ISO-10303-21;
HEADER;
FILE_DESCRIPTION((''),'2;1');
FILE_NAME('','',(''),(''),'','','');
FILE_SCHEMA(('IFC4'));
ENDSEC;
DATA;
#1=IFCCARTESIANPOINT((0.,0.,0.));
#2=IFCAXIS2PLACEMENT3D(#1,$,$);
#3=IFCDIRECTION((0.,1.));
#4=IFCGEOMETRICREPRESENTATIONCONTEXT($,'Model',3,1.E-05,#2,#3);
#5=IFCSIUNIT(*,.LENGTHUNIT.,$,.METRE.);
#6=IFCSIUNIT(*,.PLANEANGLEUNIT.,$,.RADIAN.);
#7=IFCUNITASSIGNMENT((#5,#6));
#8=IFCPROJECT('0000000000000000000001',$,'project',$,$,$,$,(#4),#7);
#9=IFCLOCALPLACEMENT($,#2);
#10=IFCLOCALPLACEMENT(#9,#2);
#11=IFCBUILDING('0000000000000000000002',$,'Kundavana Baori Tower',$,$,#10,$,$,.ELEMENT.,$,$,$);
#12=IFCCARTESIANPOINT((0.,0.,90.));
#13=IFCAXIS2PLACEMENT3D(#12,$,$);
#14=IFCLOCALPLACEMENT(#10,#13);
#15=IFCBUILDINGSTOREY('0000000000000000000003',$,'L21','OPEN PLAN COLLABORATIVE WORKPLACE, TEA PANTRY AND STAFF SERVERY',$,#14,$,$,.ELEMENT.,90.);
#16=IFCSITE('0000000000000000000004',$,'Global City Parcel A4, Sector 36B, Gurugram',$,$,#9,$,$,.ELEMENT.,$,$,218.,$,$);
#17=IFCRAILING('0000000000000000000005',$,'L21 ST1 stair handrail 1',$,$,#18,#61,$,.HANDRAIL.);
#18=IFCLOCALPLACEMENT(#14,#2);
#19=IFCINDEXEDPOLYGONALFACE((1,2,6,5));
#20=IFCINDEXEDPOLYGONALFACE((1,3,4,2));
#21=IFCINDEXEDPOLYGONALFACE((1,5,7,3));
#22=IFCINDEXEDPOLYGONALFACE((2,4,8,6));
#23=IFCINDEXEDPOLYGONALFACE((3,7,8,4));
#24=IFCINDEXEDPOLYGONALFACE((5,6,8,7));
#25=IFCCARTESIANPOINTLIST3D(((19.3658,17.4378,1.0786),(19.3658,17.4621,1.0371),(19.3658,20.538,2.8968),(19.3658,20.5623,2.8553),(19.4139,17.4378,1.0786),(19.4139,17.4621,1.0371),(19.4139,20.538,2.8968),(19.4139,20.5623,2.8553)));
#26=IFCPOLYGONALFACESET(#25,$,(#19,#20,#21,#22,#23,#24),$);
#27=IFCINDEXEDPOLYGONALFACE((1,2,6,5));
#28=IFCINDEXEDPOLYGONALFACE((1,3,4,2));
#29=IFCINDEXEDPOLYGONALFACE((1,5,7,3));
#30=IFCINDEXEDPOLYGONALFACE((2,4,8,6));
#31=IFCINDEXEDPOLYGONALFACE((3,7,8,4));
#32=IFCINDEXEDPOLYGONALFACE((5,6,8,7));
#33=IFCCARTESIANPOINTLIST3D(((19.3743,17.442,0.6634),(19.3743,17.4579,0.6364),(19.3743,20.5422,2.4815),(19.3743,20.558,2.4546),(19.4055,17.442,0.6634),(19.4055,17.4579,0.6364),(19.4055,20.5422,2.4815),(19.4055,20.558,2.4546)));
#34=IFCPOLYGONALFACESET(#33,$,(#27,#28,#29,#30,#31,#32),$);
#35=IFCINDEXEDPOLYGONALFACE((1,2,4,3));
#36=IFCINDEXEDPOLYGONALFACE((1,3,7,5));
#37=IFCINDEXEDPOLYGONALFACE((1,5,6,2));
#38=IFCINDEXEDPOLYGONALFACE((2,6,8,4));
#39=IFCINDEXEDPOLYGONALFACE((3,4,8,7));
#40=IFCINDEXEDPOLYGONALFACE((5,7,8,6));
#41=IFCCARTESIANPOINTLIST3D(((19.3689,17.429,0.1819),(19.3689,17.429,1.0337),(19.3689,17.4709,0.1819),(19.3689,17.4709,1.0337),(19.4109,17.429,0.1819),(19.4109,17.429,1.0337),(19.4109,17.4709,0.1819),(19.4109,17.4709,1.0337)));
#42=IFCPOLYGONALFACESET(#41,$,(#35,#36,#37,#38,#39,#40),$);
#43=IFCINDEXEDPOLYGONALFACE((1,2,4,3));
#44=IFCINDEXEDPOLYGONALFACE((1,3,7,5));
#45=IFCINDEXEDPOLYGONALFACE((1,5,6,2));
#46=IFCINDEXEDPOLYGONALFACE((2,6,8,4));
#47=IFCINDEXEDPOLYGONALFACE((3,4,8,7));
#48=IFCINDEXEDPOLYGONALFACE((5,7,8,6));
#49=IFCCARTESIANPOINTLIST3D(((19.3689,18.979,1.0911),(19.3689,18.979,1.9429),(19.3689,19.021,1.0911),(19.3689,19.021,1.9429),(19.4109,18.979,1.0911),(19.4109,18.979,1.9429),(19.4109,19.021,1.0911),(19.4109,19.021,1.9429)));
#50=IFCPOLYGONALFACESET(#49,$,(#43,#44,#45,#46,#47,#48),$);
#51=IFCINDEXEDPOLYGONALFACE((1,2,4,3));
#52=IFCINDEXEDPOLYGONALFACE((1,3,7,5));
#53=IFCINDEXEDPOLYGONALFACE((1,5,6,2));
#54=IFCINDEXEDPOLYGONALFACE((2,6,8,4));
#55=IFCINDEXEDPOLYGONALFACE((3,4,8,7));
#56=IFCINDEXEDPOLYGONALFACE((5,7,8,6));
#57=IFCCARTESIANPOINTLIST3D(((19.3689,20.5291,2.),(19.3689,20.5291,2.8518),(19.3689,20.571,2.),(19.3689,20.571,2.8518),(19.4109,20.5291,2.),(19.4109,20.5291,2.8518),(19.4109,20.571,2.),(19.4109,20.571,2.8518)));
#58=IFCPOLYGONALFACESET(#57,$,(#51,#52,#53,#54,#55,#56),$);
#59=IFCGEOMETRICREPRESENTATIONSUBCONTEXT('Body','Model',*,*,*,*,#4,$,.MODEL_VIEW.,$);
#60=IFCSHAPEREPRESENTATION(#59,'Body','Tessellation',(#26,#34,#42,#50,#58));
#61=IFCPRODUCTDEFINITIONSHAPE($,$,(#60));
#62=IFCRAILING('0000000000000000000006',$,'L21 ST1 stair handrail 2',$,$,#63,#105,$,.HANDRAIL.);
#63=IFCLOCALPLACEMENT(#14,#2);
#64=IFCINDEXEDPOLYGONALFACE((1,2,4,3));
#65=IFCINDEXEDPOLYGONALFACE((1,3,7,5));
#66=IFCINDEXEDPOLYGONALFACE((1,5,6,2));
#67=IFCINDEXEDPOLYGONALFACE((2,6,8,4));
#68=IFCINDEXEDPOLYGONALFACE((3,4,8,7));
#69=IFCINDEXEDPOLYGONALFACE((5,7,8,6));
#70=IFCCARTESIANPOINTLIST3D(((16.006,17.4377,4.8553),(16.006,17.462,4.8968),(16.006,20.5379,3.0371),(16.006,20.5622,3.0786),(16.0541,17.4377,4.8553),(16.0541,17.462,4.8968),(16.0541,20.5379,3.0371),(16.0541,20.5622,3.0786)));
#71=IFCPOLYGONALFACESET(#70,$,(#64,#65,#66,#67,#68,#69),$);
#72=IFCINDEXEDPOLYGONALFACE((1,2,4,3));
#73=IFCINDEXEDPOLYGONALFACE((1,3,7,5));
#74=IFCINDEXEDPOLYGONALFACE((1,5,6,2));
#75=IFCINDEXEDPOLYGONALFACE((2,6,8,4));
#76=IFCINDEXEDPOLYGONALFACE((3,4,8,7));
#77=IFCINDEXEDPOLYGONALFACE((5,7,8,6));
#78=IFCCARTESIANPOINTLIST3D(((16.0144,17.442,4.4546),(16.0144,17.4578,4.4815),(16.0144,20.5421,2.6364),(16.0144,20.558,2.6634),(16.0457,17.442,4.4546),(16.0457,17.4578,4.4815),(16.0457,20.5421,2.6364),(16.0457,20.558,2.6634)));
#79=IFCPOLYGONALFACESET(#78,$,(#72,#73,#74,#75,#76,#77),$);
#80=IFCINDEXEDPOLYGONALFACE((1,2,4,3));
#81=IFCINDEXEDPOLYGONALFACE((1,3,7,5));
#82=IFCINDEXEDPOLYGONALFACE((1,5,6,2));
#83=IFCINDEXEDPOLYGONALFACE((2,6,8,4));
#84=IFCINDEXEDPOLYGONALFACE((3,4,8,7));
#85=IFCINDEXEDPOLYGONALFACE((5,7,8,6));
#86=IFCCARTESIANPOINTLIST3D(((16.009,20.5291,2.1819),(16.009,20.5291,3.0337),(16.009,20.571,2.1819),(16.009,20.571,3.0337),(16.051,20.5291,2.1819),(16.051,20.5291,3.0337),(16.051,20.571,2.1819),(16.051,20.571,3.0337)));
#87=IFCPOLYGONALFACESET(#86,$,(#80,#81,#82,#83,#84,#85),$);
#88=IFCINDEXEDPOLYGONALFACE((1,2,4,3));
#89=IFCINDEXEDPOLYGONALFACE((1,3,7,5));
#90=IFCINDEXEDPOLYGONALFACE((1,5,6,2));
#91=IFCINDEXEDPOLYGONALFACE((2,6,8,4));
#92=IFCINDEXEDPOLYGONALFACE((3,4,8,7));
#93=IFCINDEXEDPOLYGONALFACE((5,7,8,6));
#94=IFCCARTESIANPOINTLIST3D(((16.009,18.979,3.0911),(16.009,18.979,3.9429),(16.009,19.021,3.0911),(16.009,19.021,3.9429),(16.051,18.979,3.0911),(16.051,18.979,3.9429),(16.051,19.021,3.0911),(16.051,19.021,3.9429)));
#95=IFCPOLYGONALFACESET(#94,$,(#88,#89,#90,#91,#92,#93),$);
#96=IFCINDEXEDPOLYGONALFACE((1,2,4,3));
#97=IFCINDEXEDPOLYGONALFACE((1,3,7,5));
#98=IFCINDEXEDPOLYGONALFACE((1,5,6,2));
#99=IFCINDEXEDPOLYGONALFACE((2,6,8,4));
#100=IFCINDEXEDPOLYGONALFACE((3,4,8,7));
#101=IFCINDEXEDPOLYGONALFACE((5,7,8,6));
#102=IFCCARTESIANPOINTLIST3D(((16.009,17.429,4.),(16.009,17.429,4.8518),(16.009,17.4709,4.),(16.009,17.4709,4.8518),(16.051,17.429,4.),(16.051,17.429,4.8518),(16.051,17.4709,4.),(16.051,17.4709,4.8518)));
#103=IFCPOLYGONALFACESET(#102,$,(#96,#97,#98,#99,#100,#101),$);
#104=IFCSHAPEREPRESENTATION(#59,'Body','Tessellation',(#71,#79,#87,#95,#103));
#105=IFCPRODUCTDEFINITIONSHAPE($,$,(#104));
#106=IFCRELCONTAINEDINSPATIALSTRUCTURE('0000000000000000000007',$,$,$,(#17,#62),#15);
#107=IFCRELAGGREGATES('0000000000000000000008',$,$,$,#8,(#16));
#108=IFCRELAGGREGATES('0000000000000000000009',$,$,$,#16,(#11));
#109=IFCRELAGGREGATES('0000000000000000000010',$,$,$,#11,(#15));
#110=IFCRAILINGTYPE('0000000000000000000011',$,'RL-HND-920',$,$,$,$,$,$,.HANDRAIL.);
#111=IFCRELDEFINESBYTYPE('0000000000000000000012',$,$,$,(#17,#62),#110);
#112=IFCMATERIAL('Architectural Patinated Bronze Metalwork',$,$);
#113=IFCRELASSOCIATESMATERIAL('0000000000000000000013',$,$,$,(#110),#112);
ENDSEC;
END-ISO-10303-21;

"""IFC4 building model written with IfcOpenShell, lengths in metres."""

from ifc_helpers import new_model, si_unit, direction, frame, origin, origin_2d, place, context, subcontext, project, spatial, rectangle, extrude, material, type_object, element, save


model = new_model("IFC4")

# Units and contexts
model_context = context("Model", 3, precision=1e-05, world=origin(), true_north=direction((0.0, 1.0)))
body_context = subcontext(model_context, "Body", "Model", "MODEL_VIEW")
ifc_project = project(units=[si_unit("LENGTHUNIT", "METRE"), si_unit("PLANEANGLEUNIT", "RADIAN")], contexts=[model_context])

# Site, building, storey
site_placement = place(None, origin())
site = spatial("IfcSite", under=ifc_project, at=site_placement, Name="Global City Parcel A4, Sector 36B, Gurugram", CompositionType="ELEMENT", RefElevation=218.0)
building_placement = place(site_placement, origin())
building = spatial("IfcBuilding", under=site, at=building_placement, Name="Kundavana Baori Tower", CompositionType="ELEMENT")
storey_placement = place(building_placement, frame((0.0, 0.0, 90.0)))
storey = spatial("IfcBuildingStorey", under=building, at=storey_placement, Name="L21", Description="OPEN PLAN COLLABORATIVE WORKPLACE, TEA PANTRY AND STAFF SERVERY", CompositionType="ELEMENT", Elevation=90.0)

# Railings
ifc_material_1 = material(Name="Architectural Patinated Bronze Metalwork")
railing_type_1 = type_object("IfcRailingType", Name="RL-HND-920", PredefinedType="HANDRAIL", material=ifc_material_1)
railing_1_placement = place(storey_placement, frame((19.3899, 17.45, 0.1819)))
element("IfcRailing", 1, at=railing_1_placement, inside=storey, type_object=railing_type_1, Name="L21 ST1 stair handrail 1", PredefinedType="HANDRAIL", context=body_context, shape_type="SweptSolid", body=[
    extrude(rectangle(XDim=0.0481, YDim=0.0481, at=origin_2d()), frame((0.0, 0.0, 0.876), z_axis=(0.0, 0.862599, 0.505889), x_axis=(-1.0, 0.0, 0.0)), (0.0, 0.0, 1.0), 3.594),
    extrude(rectangle(XDim=0.0312, YDim=0.0312, at=origin_2d()), frame((0.0, 0.0, 0.468), z_axis=(0.0, 0.862599, 0.505889), x_axis=(-1.0, 0.0, 0.0)), (0.0, 0.0, 1.0), 3.594),
    extrude(rectangle(XDim=0.042, YDim=0.042, at=origin_2d()), origin(), (0.0, 0.0, 1.0), 0.8518),
    extrude(rectangle(XDim=0.042, YDim=0.042, at=origin_2d()), frame((0.0, 1.55, 0.9092)), (0.0, 0.0, 1.0), 0.8518),
    extrude(rectangle(XDim=0.042, YDim=0.042, at=origin_2d()), frame((0.0, 3.1001, 1.8181)), (0.0, 0.0, 1.0), 0.8518),
])
railing_2_placement = place(storey_placement, frame((16.03, 20.55, 2.1819)))
element("IfcRailing", 2, at=railing_2_placement, inside=storey, type_object=railing_type_1, Name="L21 ST1 stair handrail 2", PredefinedType="HANDRAIL", context=body_context, shape_type="SweptSolid", body=[
    extrude(rectangle(XDim=0.0481, YDim=0.0481, at=origin_2d()), frame((0.0, 0.0, 0.876), z_axis=(0.0, -0.862599, 0.505889), x_axis=(1.0, 0.0, 0.0)), (0.0, 0.0, 1.0), 3.594),
    extrude(rectangle(XDim=0.0312, YDim=0.0312, at=origin_2d()), frame((0.0, 0.0, 0.468), z_axis=(0.0, -0.862599, 0.505889), x_axis=(1.0, 0.0, 0.0)), (0.0, 0.0, 1.0), 3.594),
    extrude(rectangle(XDim=0.042, YDim=0.042, at=origin_2d()), origin(), (0.0, 0.0, 1.0), 0.8518),
    extrude(rectangle(XDim=0.042, YDim=0.042, at=origin_2d()), frame((0.0, -1.55, 0.9092)), (0.0, 0.0, 1.0), 0.8518),
    extrude(rectangle(XDim=0.042, YDim=0.042, at=origin_2d()), frame((0.0, -3.1001, 1.8181)), (0.0, 0.0, 1.0), 0.8518),
])

save(model, "model.ifc")
